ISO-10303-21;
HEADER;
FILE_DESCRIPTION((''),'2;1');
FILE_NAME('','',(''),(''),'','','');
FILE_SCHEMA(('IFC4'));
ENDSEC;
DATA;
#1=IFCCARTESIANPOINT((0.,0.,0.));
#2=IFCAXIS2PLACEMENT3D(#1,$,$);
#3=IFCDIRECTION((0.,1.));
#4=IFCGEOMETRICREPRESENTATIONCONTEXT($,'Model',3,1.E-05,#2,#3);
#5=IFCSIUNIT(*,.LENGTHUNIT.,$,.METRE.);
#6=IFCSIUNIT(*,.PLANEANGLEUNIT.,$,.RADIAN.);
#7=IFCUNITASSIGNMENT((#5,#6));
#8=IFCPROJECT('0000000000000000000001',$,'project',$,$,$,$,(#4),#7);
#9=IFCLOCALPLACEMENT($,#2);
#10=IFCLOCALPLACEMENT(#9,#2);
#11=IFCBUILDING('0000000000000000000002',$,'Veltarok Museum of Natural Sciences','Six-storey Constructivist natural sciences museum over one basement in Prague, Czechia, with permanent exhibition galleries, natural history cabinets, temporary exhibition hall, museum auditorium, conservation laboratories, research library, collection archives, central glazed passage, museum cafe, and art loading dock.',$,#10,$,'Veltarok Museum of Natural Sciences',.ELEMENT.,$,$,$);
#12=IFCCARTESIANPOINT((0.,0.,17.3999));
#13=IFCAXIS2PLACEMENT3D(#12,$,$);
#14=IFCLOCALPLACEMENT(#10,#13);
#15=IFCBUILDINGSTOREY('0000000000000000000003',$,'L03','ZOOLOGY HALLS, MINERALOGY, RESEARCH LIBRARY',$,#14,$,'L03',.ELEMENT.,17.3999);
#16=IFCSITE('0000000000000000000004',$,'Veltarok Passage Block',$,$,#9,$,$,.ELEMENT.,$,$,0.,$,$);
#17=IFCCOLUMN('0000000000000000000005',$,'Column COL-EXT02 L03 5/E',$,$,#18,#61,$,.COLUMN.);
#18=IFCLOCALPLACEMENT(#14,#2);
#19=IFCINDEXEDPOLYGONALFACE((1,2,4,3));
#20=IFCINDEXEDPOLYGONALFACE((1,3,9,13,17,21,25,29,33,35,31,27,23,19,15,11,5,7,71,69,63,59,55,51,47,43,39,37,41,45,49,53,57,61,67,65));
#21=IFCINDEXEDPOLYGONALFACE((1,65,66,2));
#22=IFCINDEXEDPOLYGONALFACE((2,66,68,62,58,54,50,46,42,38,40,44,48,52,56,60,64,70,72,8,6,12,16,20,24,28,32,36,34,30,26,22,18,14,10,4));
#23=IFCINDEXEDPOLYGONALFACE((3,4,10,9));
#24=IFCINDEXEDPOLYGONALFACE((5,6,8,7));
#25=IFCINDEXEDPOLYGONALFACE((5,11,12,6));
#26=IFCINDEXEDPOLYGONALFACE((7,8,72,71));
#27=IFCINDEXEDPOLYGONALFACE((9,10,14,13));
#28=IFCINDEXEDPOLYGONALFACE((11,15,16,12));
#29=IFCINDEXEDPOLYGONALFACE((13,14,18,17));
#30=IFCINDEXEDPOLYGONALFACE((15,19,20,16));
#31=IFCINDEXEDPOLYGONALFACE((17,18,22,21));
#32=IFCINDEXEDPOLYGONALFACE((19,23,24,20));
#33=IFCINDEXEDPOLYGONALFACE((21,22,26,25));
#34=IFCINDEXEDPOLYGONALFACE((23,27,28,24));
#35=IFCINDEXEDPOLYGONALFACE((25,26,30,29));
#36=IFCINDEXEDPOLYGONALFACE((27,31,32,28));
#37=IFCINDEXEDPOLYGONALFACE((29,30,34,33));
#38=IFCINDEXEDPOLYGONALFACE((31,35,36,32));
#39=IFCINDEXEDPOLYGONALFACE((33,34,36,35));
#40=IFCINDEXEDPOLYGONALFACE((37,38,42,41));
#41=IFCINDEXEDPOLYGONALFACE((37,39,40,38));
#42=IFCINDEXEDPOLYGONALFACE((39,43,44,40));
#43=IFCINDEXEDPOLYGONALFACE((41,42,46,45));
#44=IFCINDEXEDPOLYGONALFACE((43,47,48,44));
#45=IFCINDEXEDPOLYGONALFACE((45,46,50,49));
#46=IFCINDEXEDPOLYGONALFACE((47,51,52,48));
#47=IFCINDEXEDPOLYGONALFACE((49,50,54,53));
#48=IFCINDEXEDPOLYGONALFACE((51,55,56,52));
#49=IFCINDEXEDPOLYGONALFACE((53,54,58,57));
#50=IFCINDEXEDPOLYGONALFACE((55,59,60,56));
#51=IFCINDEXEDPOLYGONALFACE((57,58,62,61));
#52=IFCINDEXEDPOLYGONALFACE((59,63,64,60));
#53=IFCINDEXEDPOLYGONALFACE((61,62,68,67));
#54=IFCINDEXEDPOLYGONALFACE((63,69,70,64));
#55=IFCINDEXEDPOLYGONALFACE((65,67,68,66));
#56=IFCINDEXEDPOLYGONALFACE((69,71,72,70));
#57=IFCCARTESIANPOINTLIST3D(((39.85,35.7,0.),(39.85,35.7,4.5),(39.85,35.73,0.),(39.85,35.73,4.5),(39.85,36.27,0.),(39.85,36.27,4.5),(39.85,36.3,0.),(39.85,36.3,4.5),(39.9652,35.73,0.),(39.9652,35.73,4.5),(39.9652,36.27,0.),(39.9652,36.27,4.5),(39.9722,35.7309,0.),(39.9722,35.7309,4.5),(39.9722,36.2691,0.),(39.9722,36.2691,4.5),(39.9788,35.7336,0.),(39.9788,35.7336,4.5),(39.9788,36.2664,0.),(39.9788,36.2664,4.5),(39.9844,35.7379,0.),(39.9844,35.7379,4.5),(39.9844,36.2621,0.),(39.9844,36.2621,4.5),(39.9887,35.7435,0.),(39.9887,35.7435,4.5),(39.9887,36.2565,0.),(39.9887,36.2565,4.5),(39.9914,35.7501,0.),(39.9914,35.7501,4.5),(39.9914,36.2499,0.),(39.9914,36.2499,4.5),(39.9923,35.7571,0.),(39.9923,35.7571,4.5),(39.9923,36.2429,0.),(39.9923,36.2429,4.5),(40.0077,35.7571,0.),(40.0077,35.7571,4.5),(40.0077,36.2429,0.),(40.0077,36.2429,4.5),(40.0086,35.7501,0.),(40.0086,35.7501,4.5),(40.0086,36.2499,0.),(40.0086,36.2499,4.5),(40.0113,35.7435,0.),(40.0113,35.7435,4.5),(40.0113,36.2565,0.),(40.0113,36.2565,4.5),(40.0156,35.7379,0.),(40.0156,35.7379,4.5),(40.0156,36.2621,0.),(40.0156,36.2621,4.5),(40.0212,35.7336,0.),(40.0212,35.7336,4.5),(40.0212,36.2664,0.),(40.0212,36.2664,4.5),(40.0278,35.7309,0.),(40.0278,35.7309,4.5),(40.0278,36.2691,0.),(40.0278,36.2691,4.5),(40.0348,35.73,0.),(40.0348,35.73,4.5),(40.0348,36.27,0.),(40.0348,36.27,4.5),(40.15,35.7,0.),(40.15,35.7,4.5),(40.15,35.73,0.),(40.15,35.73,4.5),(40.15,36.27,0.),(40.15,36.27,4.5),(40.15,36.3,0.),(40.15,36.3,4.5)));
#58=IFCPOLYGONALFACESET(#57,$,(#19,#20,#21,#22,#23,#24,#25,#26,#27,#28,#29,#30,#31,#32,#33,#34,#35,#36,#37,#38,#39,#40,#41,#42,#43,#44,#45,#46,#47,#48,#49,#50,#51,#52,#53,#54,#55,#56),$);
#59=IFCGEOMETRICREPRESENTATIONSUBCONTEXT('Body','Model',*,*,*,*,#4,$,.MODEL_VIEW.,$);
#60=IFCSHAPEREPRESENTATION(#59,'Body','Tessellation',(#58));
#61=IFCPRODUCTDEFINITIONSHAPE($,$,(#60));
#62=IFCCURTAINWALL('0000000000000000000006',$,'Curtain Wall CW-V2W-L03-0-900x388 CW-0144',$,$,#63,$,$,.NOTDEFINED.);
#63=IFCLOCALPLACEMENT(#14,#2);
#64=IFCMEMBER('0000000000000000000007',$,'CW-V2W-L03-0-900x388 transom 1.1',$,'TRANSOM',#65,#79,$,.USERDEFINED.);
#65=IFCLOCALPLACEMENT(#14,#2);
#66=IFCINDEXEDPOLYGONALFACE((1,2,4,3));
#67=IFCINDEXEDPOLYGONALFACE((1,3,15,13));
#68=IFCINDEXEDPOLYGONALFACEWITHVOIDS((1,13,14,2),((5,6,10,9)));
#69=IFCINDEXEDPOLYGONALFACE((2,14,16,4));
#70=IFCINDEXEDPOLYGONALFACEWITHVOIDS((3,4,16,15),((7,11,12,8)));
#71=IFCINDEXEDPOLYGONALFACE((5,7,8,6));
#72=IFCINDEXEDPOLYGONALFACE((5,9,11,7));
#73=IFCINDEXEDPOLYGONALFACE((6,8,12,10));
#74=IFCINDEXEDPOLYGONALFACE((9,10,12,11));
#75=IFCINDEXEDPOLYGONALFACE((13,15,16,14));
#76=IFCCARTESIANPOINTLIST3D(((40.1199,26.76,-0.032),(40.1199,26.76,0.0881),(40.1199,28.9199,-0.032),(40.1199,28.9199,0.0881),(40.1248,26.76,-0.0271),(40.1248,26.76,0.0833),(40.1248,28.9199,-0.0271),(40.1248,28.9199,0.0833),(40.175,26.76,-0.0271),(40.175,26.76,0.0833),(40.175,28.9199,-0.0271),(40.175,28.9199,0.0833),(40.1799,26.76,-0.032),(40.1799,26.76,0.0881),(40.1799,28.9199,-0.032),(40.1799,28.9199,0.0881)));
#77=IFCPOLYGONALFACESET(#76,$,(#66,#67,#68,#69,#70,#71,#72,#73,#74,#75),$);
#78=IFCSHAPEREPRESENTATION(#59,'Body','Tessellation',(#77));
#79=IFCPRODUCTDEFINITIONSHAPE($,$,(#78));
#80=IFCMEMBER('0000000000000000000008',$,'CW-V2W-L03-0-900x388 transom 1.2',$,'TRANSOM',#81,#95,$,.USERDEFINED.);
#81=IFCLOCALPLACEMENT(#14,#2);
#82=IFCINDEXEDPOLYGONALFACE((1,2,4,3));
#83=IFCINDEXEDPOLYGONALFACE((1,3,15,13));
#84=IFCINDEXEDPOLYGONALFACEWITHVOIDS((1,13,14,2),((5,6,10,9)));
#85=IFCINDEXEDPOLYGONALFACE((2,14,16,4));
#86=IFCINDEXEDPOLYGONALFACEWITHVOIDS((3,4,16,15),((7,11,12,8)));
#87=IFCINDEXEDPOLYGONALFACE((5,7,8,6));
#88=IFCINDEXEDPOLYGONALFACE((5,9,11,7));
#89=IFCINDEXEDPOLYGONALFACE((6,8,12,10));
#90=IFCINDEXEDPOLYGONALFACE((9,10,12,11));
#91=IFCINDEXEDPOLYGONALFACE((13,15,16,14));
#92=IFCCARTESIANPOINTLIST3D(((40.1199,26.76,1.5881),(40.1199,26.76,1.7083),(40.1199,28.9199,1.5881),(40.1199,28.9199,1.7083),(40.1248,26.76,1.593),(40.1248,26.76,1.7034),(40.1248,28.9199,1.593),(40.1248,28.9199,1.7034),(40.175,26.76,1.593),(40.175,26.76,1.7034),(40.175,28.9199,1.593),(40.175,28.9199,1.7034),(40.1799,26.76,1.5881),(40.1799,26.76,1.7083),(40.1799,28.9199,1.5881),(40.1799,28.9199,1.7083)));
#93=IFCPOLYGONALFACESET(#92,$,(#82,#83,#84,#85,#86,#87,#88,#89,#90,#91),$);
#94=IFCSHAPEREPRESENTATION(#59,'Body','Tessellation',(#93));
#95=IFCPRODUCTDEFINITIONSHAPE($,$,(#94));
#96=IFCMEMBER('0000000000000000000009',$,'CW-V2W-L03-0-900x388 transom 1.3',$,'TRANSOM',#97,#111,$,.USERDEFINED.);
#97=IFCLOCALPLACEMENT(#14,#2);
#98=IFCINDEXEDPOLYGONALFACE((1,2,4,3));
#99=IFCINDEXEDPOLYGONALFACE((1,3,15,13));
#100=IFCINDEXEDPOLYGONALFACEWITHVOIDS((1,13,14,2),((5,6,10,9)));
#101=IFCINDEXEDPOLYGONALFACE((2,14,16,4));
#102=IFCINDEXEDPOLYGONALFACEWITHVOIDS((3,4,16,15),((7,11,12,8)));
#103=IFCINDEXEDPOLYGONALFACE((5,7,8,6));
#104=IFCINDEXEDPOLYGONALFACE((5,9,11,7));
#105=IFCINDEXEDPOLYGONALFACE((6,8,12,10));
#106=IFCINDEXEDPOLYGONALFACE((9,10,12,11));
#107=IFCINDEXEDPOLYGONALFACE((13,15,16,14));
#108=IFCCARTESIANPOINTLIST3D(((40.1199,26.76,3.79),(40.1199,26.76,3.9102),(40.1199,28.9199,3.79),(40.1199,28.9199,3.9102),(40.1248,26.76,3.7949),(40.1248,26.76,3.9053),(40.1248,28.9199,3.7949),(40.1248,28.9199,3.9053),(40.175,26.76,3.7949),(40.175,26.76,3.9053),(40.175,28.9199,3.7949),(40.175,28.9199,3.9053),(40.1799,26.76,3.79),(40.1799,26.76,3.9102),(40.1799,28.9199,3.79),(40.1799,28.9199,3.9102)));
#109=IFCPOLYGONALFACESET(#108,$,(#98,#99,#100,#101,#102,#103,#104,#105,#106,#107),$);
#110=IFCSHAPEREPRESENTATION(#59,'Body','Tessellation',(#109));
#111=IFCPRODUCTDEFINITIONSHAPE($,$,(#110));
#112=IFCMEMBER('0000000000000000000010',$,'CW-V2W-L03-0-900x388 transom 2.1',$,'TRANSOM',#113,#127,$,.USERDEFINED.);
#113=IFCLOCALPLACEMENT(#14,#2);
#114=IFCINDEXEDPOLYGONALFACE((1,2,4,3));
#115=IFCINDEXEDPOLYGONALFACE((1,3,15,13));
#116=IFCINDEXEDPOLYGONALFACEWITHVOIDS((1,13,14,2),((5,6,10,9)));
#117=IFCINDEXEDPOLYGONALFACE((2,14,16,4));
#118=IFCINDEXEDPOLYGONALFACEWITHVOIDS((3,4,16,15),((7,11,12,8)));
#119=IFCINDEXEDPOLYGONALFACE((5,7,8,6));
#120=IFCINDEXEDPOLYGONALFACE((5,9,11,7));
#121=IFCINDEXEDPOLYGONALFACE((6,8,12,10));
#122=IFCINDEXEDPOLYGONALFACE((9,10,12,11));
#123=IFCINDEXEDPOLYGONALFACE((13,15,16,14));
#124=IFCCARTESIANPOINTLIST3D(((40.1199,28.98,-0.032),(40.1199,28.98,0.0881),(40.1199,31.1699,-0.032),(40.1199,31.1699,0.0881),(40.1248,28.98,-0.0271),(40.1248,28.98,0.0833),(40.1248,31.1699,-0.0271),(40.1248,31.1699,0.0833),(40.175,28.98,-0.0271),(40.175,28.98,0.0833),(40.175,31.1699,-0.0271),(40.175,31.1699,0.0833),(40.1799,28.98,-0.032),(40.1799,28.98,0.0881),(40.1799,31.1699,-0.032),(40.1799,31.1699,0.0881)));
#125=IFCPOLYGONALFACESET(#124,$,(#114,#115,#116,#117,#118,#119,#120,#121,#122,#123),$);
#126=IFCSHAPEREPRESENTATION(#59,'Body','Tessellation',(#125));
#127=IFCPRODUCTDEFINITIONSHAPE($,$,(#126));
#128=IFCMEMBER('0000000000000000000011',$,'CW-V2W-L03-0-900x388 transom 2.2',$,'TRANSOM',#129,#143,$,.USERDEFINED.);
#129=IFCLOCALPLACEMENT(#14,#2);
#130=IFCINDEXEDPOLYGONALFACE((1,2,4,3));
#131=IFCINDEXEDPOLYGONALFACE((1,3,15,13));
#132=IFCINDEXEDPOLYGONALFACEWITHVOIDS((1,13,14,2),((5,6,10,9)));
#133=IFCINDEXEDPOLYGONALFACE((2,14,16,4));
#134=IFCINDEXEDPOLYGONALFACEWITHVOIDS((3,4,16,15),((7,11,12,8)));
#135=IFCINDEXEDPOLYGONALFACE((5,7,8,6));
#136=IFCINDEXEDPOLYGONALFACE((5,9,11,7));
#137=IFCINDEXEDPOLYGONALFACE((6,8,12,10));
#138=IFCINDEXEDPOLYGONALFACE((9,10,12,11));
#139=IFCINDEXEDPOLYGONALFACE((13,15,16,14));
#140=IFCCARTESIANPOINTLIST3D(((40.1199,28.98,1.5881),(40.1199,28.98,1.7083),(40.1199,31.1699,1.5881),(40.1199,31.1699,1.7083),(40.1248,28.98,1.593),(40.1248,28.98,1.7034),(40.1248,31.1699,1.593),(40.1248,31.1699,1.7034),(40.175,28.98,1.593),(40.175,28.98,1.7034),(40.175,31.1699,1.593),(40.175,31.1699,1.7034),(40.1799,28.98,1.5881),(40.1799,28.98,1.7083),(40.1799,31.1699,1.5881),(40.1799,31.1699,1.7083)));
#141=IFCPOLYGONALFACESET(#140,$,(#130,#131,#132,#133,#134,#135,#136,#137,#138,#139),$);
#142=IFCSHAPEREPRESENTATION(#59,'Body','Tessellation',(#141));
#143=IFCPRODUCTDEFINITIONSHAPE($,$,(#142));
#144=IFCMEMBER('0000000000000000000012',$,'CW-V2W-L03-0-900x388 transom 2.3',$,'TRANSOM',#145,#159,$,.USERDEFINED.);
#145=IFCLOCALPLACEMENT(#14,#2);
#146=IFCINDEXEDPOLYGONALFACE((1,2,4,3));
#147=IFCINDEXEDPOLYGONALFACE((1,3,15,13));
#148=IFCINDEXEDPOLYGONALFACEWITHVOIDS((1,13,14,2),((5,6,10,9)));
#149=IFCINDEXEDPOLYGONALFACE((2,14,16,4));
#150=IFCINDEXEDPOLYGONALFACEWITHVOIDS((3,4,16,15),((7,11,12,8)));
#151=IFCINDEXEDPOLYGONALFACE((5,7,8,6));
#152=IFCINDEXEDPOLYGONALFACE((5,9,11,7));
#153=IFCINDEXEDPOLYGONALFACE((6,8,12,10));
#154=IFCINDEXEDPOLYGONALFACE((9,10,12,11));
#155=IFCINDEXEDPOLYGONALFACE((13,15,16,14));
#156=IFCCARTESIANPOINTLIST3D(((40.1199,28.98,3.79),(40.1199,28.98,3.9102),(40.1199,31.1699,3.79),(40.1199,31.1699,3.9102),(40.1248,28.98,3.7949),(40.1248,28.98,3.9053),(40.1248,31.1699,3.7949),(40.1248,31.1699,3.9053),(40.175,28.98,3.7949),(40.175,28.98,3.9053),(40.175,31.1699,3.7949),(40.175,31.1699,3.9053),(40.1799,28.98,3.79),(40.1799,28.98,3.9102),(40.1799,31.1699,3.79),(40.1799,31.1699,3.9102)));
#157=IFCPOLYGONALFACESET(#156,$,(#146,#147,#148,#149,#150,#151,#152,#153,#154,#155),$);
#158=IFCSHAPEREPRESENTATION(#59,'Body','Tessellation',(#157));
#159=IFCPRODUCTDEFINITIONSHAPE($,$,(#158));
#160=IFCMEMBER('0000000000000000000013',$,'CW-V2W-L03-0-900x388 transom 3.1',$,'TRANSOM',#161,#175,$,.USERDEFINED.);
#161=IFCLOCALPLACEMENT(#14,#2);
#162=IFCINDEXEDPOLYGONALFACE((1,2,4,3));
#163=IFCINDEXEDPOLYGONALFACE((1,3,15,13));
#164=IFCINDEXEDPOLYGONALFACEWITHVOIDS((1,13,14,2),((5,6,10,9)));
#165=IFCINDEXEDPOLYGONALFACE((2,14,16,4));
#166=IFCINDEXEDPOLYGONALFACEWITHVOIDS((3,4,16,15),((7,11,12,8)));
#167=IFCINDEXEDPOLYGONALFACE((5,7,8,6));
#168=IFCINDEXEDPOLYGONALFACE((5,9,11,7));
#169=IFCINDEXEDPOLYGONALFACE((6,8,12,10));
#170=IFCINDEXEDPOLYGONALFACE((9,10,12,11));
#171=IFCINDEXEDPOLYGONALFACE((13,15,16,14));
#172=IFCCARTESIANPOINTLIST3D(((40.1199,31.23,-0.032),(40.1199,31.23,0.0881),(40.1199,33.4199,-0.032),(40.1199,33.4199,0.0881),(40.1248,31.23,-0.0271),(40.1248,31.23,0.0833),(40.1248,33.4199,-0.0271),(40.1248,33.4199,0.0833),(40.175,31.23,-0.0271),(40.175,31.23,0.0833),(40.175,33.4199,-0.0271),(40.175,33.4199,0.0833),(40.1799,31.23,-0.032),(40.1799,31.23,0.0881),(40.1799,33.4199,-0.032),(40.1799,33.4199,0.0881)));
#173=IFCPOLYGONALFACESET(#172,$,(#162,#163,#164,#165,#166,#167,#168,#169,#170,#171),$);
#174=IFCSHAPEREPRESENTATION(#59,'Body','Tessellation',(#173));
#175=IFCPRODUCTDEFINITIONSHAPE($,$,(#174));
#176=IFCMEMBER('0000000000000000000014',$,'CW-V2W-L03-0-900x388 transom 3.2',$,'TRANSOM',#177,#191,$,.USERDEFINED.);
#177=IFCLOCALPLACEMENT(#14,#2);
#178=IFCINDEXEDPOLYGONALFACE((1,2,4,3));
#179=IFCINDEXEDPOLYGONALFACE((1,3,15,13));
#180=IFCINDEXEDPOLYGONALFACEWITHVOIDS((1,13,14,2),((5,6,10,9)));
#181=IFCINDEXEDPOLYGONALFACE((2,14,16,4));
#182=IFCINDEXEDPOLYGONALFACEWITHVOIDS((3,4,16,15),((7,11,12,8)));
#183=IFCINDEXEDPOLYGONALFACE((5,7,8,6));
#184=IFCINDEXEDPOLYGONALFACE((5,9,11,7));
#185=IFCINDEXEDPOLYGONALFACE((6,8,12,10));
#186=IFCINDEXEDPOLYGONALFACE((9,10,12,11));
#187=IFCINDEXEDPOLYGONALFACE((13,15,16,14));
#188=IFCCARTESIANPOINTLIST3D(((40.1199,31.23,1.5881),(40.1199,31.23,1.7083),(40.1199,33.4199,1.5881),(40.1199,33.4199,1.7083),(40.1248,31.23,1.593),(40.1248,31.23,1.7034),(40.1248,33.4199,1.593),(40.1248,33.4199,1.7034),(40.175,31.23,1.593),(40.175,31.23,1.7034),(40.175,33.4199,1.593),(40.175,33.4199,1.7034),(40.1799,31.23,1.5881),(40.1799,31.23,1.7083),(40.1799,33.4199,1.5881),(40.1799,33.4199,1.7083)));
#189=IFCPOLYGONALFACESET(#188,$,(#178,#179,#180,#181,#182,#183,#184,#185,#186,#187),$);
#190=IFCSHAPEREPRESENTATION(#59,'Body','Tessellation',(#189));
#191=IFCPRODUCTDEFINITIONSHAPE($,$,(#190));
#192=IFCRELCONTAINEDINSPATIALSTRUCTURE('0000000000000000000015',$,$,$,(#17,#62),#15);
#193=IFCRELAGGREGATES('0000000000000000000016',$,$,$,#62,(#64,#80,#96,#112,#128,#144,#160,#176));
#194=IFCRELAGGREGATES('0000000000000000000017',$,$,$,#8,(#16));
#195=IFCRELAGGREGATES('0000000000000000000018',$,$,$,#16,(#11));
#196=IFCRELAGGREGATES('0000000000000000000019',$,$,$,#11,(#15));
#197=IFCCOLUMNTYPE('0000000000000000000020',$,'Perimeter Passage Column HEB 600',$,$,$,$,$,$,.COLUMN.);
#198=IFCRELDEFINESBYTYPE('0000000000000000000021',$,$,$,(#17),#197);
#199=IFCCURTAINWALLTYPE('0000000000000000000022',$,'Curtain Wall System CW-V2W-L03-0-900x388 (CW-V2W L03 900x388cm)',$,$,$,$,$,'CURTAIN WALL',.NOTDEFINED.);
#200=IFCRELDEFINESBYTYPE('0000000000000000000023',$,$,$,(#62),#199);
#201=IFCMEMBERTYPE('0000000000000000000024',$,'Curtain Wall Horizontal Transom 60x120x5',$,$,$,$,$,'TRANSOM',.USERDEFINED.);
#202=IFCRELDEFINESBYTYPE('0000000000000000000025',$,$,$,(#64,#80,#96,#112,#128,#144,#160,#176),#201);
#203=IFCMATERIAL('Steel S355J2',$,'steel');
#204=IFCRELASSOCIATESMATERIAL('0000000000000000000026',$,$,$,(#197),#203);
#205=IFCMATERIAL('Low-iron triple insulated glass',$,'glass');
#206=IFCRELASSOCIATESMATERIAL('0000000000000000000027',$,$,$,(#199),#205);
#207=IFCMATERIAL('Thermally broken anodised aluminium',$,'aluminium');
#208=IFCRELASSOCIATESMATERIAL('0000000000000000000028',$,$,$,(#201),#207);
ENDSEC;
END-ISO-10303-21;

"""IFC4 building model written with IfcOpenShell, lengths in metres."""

from ifc_helpers import new_model, si_unit, direction, frame, origin, origin_2d, place, context, subcontext, project, spatial, hollow_rectangle, i_section, extrude, material, material_profile, profile_set, type_object, element, aggregate, save


model = new_model("IFC4")

# Units and contexts
model_context = context("Model", 3, precision=1e-05, world=origin(), true_north=direction((0.0, 1.0)))
body_context = subcontext(model_context, "Body", "Model", "MODEL_VIEW")
ifc_project = project(units=[si_unit("LENGTHUNIT", "METRE"), si_unit("PLANEANGLEUNIT", "RADIAN")], contexts=[model_context])

# Site, building, storey
site_placement = place(None, origin())
site = spatial("IfcSite", under=ifc_project, at=site_placement, Name="Veltarok Passage Block", CompositionType="ELEMENT", RefElevation=0.0)
building_placement = place(site_placement, origin())
building = spatial("IfcBuilding", under=site, at=building_placement, Name="Veltarok Museum of Natural Sciences", Description="Six-storey Constructivist natural sciences museum over one basement in Prague, Czechia, with permanent exhibition galleries, natural history cabinets, temporary exhibition hall, museum auditorium, conservation laboratories, research library, collection archives, central glazed passage, museum cafe, and art loading dock.", LongName="Veltarok Museum of Natural Sciences", CompositionType="ELEMENT")
storey_placement = place(building_placement, frame((0.0, 0.0, 17.3999)))
storey = spatial("IfcBuildingStorey", under=building, at=storey_placement, Name="L03", Description="ZOOLOGY HALLS, MINERALOGY, RESEARCH LIBRARY", LongName="L03", CompositionType="ELEMENT", Elevation=17.3999)

# Column
ifc_material_1 = material(Name="Steel S355J2", Category="steel")
ifc_material_profile_1 = material_profile(ifc_material_1, i_section(OverallWidth=0.3, OverallDepth=0.6001, WebThickness=0.0154, FlangeThickness=0.03, FilletRadius=0.0271, at=origin_2d()), Name="HEB 600")
ifc_profile_set_1 = profile_set([ifc_material_profile_1], Name="Steel S355J2")
column_type = type_object("IfcColumnType", Name="Perimeter Passage Column HEB 600", PredefinedType="COLUMN", material=ifc_profile_set_1)
column_placement = place(storey_placement, frame((40.0, 36.0, 0.0), z_axis=(0.0, 0.0, 1.0), x_axis=(1.0, 0.0, 0.0)))
element("IfcColumn", 1, at=column_placement, inside=storey, type_object=column_type, Name="Column COL-EXT02 L03 5/E", PredefinedType="COLUMN", context=body_context, shape_type="SweptSolid", body=[
    extrude(i_section(OverallWidth=0.3, OverallDepth=0.6001, WebThickness=0.0154, FlangeThickness=0.03, FilletRadius=0.0271, at=origin_2d()), origin(), (0.0, 0.0, 1.0), 4.5),
])

# Curtain wall, members
ifc_material_2 = material(Name="Low-iron triple insulated glass", Category="glass")
curtain_wall_type_1 = type_object("IfcCurtainWallType", Name="Curtain Wall System CW-V2W-L03-0-900x388 (CW-V2W L03 900x388cm)", ElementType="CURTAIN WALL", PredefinedType="NOTDEFINED", material=ifc_material_2)
curtain_wall_1_placement = place(storey_placement, origin())
curtain_wall_1 = element("IfcCurtainWall", 2, at=curtain_wall_1_placement, inside=storey, type_object=curtain_wall_type_1, Name="Curtain Wall CW-V2W-L03-0-900x388 CW-0144", PredefinedType="NOTDEFINED")
ifc_material_3 = material(Name="Thermally broken anodised aluminium", Category="aluminium")
ifc_material_profile_2 = material_profile(ifc_material_3, hollow_rectangle(XDim=0.0601, YDim=0.1201, WallThickness=0.0049, at=origin_2d()), Name="CW TRANSOM 60x120x5")
ifc_profile_set_2 = profile_set([ifc_material_profile_2], Name="Thermally broken anodised aluminium")
member_type_1 = type_object("IfcMemberType", Name="Curtain Wall Horizontal Transom 60x120x5", ElementType="TRANSOM", PredefinedType="USERDEFINED", material=ifc_profile_set_2)
member_1_placement = place(storey_placement, frame((40.1499, 26.76, 0.0281), z_axis=(0.0, 1.0, 0.0), x_axis=(-1.0, 0.0, 0.0)))
member_1 = element("IfcMember", 3, at=member_1_placement, type_object=member_type_1, Name="CW-V2W-L03-0-900x388 transom 1.1", ObjectType="TRANSOM", PredefinedType="USERDEFINED", context=body_context, shape_type="SweptSolid", body=[
    extrude(hollow_rectangle(XDim=0.0601, YDim=0.1201, WallThickness=0.0049, at=origin_2d()), origin(), (0.0, 0.0, 1.0), 2.1599),
])
member_2_placement = place(storey_placement, frame((40.1499, 26.76, 1.6482), z_axis=(0.0, 1.0, 0.0), x_axis=(-1.0, 0.0, 0.0)))
member_2 = element("IfcMember", 4, at=member_2_placement, type_object=member_type_1, Name="CW-V2W-L03-0-900x388 transom 1.2", ObjectType="TRANSOM", PredefinedType="USERDEFINED", context=body_context, shape_type="SweptSolid", body=[
    extrude(hollow_rectangle(XDim=0.0601, YDim=0.1201, WallThickness=0.0049, at=origin_2d()), origin(), (0.0, 0.0, 1.0), 2.1599),
])
member_3_placement = place(storey_placement, frame((40.1499, 26.76, 3.8501), z_axis=(0.0, 1.0, 0.0), x_axis=(-1.0, 0.0, 0.0)))
member_3 = element("IfcMember", 5, at=member_3_placement, type_object=member_type_1, Name="CW-V2W-L03-0-900x388 transom 1.3", ObjectType="TRANSOM", PredefinedType="USERDEFINED", context=body_context, shape_type="SweptSolid", body=[
    extrude(hollow_rectangle(XDim=0.0601, YDim=0.1201, WallThickness=0.0049, at=origin_2d()), origin(), (0.0, 0.0, 1.0), 2.1599),
])
member_4_placement = place(storey_placement, frame((40.1499, 28.98, 0.0281), z_axis=(0.0, 1.0, 0.0), x_axis=(-1.0, 0.0, 0.0)))
member_4 = element("IfcMember", 6, at=member_4_placement, type_object=member_type_1, Name="CW-V2W-L03-0-900x388 transom 2.1", ObjectType="TRANSOM", PredefinedType="USERDEFINED", context=body_context, shape_type="SweptSolid", body=[
    extrude(hollow_rectangle(XDim=0.0601, YDim=0.1201, WallThickness=0.0049, at=origin_2d()), origin(), (0.0, 0.0, 1.0), 2.1899),
])
member_5_placement = place(storey_placement, frame((40.1499, 28.98, 1.6482), z_axis=(0.0, 1.0, 0.0), x_axis=(-1.0, 0.0, 0.0)))
member_5 = element("IfcMember", 7, at=member_5_placement, type_object=member_type_1, Name="CW-V2W-L03-0-900x388 transom 2.2", ObjectType="TRANSOM", PredefinedType="USERDEFINED", context=body_context, shape_type="SweptSolid", body=[
    extrude(hollow_rectangle(XDim=0.0601, YDim=0.1201, WallThickness=0.0049, at=origin_2d()), origin(), (0.0, 0.0, 1.0), 2.1899),
])
member_6_placement = place(storey_placement, frame((40.1499, 28.98, 3.8501), z_axis=(0.0, 1.0, 0.0), x_axis=(-1.0, 0.0, 0.0)))
member_6 = element("IfcMember", 8, at=member_6_placement, type_object=member_type_1, Name="CW-V2W-L03-0-900x388 transom 2.3", ObjectType="TRANSOM", PredefinedType="USERDEFINED", context=body_context, shape_type="SweptSolid", body=[
    extrude(hollow_rectangle(XDim=0.0601, YDim=0.1201, WallThickness=0.0049, at=origin_2d()), origin(), (0.0, 0.0, 1.0), 2.1899),
])
member_7_placement = place(storey_placement, frame((40.1499, 31.23, 0.0281), z_axis=(0.0, 1.0, 0.0), x_axis=(-1.0, 0.0, 0.0)))
member_7 = element("IfcMember", 9, at=member_7_placement, type_object=member_type_1, Name="CW-V2W-L03-0-900x388 transom 3.1", ObjectType="TRANSOM", PredefinedType="USERDEFINED", context=body_context, shape_type="SweptSolid", body=[
    extrude(hollow_rectangle(XDim=0.0601, YDim=0.1201, WallThickness=0.0049, at=origin_2d()), origin(), (0.0, 0.0, 1.0), 2.1899),
])
member_8_placement = place(storey_placement, frame((40.1499, 31.23, 1.6482), z_axis=(0.0, 1.0, 0.0), x_axis=(-1.0, 0.0, 0.0)))
member_8 = element("IfcMember", 10, at=member_8_placement, type_object=member_type_1, Name="CW-V2W-L03-0-900x388 transom 3.2", ObjectType="TRANSOM", PredefinedType="USERDEFINED", context=body_context, shape_type="SweptSolid", body=[
    extrude(hollow_rectangle(XDim=0.0601, YDim=0.1201, WallThickness=0.0049, at=origin_2d()), origin(), (0.0, 0.0, 1.0), 2.1899),
])

aggregate(curtain_wall_1, [member_1, member_2, member_3, member_4, member_5, member_6, member_7, member_8])

save(model, "model.ifc")
